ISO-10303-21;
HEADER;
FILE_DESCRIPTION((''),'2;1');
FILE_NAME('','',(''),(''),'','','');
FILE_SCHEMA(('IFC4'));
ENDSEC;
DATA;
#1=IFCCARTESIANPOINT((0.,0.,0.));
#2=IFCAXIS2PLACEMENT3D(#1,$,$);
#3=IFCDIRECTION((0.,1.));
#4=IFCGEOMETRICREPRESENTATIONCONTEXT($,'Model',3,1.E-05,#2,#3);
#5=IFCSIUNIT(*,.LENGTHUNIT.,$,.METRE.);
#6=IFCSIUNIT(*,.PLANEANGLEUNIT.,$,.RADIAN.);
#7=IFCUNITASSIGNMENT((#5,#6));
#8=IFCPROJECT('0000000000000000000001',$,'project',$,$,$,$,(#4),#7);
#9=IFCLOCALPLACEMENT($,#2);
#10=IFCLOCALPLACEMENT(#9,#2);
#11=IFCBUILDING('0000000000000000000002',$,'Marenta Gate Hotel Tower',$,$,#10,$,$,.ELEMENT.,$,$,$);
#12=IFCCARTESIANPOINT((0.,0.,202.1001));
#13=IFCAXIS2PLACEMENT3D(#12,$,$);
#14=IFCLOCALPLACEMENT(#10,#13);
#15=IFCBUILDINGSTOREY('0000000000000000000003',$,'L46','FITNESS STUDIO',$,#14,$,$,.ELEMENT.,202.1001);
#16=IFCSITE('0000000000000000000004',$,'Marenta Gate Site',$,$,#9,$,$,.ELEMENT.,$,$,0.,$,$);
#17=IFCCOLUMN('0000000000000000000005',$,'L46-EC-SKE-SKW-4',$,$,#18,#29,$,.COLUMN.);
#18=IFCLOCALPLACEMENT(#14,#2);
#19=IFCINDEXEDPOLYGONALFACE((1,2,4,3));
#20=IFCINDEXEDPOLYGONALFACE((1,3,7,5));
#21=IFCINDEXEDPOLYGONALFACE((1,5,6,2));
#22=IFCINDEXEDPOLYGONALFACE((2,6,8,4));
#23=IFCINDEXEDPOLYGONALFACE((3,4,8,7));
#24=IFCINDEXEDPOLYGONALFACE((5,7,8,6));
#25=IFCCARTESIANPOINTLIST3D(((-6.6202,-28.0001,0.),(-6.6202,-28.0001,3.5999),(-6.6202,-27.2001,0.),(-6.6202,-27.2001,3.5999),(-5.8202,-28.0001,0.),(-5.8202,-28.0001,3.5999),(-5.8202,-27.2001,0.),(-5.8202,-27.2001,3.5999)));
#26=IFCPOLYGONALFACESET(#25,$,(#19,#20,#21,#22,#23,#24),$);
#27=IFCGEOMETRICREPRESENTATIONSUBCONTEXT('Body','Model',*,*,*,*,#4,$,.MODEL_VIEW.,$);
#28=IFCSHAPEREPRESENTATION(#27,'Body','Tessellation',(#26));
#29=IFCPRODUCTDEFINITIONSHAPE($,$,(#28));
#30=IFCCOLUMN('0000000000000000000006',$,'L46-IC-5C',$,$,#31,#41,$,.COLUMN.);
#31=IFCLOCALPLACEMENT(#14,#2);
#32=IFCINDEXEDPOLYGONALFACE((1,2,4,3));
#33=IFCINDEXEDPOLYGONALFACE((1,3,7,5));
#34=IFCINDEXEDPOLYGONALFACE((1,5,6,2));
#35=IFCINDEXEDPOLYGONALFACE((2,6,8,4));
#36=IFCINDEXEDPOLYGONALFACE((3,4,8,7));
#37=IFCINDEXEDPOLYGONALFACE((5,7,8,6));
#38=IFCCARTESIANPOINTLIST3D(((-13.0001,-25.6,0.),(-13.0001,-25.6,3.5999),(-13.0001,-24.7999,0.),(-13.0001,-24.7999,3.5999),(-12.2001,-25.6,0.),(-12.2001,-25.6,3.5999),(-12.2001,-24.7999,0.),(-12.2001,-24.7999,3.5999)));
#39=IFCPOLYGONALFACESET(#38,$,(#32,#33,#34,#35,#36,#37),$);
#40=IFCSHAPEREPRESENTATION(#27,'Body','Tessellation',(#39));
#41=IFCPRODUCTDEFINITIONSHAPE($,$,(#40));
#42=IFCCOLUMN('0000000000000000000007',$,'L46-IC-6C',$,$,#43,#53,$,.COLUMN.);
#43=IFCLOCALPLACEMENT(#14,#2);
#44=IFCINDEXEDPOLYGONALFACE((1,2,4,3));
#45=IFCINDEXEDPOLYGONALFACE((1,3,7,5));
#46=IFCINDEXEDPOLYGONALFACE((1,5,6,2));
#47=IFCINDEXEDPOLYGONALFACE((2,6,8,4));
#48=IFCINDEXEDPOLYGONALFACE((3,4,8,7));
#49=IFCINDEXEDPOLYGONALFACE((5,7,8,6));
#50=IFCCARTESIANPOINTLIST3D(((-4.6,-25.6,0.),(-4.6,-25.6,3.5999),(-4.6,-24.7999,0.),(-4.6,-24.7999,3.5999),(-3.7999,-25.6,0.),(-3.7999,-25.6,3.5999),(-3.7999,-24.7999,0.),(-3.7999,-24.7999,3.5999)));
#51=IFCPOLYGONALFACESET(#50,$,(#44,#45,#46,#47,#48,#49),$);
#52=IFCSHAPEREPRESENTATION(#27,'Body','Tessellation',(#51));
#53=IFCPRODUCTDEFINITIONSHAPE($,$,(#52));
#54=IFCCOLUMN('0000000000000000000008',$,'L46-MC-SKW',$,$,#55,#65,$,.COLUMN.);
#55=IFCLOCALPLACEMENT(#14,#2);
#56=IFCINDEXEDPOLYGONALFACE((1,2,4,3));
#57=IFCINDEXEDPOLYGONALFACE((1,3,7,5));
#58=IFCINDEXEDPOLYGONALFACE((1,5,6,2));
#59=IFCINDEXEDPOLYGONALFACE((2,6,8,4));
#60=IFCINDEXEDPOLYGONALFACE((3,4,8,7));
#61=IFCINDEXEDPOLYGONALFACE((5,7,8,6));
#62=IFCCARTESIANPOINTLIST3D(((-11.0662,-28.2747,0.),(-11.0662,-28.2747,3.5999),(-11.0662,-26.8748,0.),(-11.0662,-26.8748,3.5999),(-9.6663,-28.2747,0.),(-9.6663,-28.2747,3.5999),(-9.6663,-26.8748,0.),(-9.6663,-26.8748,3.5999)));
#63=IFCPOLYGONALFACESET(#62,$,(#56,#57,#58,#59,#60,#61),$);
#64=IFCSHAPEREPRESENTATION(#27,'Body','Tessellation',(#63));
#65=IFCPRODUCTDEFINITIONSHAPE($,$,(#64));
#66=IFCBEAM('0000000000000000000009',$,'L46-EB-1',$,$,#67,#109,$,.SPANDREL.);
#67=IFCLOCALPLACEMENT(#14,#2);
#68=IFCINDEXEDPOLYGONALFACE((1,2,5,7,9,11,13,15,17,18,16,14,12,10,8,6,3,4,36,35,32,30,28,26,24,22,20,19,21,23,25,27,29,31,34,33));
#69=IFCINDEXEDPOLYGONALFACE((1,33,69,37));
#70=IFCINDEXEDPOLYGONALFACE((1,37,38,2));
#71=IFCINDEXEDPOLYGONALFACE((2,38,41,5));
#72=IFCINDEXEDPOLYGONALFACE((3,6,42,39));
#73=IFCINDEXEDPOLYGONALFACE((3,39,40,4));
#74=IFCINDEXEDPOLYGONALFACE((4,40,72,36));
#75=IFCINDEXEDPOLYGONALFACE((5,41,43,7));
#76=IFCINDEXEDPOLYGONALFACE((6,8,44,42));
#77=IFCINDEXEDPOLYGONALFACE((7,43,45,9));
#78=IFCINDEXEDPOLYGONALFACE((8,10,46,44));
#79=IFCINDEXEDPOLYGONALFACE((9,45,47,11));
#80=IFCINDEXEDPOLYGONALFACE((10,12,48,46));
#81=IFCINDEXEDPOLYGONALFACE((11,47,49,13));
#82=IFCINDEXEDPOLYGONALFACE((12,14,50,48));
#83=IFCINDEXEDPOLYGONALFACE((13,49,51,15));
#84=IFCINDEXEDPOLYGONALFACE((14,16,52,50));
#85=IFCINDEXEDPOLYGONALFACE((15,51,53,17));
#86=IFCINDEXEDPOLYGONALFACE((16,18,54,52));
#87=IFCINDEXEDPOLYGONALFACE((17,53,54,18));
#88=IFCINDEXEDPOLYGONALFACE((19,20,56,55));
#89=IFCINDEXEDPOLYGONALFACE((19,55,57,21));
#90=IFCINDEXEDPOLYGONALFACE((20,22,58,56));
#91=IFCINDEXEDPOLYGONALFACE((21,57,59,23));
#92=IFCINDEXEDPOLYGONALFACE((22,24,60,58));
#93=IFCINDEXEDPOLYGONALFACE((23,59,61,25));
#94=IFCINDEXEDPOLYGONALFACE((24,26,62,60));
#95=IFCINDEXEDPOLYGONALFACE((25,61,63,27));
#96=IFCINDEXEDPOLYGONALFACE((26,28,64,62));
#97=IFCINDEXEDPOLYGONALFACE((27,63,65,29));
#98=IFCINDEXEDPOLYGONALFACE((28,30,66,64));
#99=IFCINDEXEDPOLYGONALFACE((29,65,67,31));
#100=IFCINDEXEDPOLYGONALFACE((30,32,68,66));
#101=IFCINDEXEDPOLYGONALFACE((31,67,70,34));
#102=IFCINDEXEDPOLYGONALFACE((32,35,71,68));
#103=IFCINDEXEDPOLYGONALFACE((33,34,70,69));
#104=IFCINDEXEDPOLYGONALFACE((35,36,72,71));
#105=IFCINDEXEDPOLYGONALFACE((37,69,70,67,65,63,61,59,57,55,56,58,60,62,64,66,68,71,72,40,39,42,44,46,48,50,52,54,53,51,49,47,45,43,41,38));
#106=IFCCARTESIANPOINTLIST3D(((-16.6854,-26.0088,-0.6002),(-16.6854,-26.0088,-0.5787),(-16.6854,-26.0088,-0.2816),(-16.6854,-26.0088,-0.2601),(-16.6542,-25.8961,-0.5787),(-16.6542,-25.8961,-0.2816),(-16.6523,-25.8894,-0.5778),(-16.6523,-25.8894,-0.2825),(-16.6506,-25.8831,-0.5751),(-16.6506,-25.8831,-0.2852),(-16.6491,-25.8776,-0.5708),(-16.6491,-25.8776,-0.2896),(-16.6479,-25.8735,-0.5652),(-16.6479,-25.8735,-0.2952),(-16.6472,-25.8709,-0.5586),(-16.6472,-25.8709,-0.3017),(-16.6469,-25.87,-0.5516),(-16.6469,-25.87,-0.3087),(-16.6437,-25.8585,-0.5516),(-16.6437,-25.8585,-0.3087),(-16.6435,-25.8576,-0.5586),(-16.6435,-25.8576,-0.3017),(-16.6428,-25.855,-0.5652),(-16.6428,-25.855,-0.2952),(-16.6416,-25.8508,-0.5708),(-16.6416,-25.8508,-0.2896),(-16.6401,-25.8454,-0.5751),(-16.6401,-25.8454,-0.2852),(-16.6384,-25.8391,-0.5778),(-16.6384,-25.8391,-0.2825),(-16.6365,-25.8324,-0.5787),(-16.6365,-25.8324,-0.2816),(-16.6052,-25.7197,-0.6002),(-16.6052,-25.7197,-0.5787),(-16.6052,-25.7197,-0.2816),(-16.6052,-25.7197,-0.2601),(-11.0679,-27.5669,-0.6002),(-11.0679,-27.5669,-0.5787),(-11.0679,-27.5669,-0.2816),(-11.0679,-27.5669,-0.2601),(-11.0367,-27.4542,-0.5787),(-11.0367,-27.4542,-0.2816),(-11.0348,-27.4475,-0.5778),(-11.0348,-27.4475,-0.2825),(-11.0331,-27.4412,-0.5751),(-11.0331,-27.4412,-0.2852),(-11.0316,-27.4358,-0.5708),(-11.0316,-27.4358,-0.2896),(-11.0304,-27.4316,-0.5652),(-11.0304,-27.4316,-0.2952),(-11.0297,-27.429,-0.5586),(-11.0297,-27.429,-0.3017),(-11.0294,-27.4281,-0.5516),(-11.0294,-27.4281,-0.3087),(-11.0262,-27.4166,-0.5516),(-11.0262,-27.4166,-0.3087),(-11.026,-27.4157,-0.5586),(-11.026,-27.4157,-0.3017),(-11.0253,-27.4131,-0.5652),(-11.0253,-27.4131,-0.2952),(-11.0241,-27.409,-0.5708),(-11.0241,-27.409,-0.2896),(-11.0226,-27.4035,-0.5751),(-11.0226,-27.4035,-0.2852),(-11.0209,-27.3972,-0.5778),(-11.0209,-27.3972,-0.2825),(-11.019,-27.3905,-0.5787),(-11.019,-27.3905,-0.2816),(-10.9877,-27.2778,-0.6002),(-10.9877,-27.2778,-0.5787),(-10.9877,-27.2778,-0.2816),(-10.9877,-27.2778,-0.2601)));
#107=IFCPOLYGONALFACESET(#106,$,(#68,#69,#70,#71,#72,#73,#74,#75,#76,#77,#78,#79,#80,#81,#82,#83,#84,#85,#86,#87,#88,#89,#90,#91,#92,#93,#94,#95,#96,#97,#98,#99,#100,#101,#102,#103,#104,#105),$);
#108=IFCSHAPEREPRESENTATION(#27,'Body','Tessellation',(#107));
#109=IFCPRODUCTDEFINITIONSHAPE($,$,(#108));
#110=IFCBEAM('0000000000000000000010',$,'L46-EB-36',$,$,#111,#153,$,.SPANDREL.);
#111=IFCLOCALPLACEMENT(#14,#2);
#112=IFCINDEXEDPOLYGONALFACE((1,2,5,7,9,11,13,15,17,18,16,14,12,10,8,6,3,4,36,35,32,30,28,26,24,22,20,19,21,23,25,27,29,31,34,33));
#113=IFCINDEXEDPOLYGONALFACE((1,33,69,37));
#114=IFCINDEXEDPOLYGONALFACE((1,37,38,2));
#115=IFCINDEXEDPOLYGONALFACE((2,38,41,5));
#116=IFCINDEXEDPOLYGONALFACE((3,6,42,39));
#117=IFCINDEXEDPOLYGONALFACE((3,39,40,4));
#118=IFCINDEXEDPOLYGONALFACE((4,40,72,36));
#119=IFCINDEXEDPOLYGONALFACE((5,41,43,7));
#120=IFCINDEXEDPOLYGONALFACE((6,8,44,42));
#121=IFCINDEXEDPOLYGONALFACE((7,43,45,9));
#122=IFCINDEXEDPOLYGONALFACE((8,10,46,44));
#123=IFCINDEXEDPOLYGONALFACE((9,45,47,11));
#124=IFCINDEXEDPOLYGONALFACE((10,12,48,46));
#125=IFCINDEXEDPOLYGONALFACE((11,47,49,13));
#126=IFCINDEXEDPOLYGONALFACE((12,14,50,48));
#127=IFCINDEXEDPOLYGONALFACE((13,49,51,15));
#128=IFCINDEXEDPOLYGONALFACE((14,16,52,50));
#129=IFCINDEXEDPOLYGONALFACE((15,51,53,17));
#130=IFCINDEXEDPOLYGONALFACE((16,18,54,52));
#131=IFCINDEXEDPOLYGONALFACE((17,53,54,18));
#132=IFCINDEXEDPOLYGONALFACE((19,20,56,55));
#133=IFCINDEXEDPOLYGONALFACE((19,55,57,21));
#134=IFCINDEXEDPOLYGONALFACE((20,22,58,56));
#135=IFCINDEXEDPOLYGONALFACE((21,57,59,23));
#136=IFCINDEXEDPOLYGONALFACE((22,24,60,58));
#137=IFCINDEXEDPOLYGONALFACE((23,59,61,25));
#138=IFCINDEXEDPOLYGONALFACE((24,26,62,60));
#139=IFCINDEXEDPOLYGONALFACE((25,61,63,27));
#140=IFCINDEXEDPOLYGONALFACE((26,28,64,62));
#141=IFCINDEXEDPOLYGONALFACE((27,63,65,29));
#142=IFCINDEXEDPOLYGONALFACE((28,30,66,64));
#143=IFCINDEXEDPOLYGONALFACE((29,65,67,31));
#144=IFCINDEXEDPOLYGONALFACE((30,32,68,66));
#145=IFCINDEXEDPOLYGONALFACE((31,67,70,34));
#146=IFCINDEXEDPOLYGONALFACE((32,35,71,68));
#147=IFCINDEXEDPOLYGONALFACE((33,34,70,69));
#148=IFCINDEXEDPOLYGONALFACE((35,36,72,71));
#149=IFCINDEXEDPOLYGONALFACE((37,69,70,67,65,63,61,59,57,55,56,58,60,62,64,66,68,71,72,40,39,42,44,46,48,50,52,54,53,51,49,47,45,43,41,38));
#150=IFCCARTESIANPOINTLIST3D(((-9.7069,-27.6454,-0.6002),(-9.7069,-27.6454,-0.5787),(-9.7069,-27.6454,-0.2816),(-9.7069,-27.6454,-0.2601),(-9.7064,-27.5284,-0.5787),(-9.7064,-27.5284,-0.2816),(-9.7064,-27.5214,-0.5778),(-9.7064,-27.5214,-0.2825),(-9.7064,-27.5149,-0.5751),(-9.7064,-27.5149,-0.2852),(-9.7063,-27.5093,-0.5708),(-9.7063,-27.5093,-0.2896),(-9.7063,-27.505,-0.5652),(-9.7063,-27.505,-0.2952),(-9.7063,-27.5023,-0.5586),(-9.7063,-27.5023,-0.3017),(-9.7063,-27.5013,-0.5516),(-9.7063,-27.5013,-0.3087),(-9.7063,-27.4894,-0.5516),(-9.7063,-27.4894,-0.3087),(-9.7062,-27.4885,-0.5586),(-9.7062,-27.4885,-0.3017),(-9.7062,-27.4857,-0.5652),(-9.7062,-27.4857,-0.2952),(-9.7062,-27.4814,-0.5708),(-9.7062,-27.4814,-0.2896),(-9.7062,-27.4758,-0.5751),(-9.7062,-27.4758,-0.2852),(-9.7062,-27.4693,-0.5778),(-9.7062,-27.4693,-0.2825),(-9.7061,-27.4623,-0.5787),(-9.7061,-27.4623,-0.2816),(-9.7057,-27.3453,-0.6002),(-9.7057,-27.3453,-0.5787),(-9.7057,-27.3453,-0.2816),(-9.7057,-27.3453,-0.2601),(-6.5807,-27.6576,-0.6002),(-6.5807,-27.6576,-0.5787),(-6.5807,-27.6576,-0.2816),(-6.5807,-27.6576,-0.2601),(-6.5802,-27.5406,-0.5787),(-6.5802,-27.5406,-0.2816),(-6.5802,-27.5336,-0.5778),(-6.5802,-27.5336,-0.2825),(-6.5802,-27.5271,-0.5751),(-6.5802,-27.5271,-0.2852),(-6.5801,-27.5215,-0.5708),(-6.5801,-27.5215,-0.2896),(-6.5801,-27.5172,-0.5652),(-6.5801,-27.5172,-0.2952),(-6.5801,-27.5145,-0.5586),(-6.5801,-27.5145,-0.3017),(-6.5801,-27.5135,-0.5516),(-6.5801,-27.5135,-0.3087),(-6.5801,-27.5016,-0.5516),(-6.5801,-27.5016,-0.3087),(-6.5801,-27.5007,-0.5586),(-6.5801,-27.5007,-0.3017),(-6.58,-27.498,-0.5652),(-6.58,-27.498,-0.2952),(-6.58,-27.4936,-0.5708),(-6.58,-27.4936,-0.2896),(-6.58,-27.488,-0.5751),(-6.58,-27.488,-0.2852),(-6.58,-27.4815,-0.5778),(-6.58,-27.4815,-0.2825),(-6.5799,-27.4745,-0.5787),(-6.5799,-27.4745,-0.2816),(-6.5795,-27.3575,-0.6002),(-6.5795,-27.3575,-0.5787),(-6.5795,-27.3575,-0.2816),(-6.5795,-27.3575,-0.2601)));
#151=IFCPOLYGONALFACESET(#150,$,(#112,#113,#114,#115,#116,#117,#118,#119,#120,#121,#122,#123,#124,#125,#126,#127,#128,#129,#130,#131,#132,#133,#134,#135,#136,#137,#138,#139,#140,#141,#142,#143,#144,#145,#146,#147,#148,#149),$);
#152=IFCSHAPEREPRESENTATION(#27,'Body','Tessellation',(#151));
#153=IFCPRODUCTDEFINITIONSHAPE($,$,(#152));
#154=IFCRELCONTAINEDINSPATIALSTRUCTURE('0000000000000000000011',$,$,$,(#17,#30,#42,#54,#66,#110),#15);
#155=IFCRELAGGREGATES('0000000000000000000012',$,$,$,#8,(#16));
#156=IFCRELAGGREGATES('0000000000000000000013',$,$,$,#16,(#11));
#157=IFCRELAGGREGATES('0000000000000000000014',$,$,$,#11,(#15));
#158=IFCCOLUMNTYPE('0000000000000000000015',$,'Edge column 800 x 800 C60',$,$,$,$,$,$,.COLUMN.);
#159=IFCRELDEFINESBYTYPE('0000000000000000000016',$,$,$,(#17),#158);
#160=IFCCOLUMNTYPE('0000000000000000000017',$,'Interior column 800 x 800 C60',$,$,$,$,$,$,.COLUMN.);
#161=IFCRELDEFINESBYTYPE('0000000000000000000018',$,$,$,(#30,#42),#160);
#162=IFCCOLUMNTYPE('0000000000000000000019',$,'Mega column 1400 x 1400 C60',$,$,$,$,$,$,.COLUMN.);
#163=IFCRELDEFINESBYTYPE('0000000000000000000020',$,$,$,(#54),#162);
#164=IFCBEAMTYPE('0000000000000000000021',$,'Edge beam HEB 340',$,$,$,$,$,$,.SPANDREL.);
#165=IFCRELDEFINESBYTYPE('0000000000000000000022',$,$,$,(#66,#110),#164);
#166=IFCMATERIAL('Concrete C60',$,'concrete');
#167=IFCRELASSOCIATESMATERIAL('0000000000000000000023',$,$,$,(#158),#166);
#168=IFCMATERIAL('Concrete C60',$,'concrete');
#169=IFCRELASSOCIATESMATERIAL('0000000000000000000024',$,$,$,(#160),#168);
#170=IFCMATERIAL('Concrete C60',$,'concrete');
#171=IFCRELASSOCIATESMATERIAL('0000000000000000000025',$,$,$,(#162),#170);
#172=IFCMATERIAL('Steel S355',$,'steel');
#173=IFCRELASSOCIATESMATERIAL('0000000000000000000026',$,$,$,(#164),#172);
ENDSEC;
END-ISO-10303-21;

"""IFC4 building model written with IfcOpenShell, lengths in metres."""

from ifc_helpers import new_model, si_unit, direction, frame, origin, origin_2d, place, context, subcontext, project, spatial, rectangle, i_section, extrude, material, material_profile, profile_set, type_object, element, save


model = new_model("IFC4")

# Units and contexts
model_context = context("Model", 3, precision=1e-05, world=origin(), true_north=direction((0.0, 1.0)))
body_context = subcontext(model_context, "Body", "Model", "MODEL_VIEW")
ifc_project = project(units=[si_unit("LENGTHUNIT", "METRE"), si_unit("PLANEANGLEUNIT", "RADIAN")], contexts=[model_context])

# Site, building, storey
site_placement = place(None, origin())
site = spatial("IfcSite", under=ifc_project, at=site_placement, Name="Marenta Gate Site", CompositionType="ELEMENT", RefElevation=0.0)
building_placement = place(site_placement, origin())
building = spatial("IfcBuilding", under=site, at=building_placement, Name="Marenta Gate Hotel Tower", CompositionType="ELEMENT")
storey_placement = place(building_placement, frame((0.0, 0.0, 202.1001)))
storey = spatial("IfcBuildingStorey", under=building, at=storey_placement, Name="L46", Description="FITNESS STUDIO", CompositionType="ELEMENT", Elevation=202.1001)

# Columns
ifc_material_1 = material(Name="Concrete C60", Category="concrete")
ifc_material_profile_1 = material_profile(ifc_material_1, rectangle(XDim=0.8, YDim=0.8, at=origin_2d()), Name="800 x 800")
ifc_profile_set_1 = profile_set([ifc_material_profile_1], Name="Concrete C60")
column_type_1 = type_object("IfcColumnType", Name="Edge column 800 x 800 C60", PredefinedType="COLUMN", material=ifc_profile_set_1)
column_1_placement = place(storey_placement, frame((-6.2202, -27.6001, 0.0), z_axis=(0.0, 0.0, 1.0), x_axis=(1.0, 0.0, 0.0)))
element("IfcColumn", 1, at=column_1_placement, inside=storey, type_object=column_type_1, Name="L46-EC-SKE-SKW-4", PredefinedType="COLUMN", context=body_context, shape_type="SweptSolid", body=[
    extrude(rectangle(XDim=0.8, YDim=0.8, at=origin_2d()), origin(), (0.0, 0.0, 1.0), 3.5999),
])
ifc_material_2 = material(Name="Concrete C60", Category="concrete")
ifc_material_profile_2 = material_profile(ifc_material_2, rectangle(XDim=0.8, YDim=0.8, at=origin_2d()), Name="800 x 800")
ifc_profile_set_2 = profile_set([ifc_material_profile_2], Name="Concrete C60")
column_type_2 = type_object("IfcColumnType", Name="Interior column 800 x 800 C60", PredefinedType="COLUMN", material=ifc_profile_set_2)
for number, where, z_axis, x_axis, name in (
    (2, (-12.6001, -25.2, 0.0), (0.0, 0.0, 1.0), (1.0, 0.0, 0.0), "L46-IC-5C"),
    (3, (-4.2, -25.2, 0.0), (0.0, 0.0, 1.0), (1.0, 0.0, 0.0), "L46-IC-6C"),
):
    element("IfcColumn", number, at=place(storey_placement, frame(where, z_axis=z_axis, x_axis=x_axis)), inside=storey, type_object=column_type_2, Name=name, PredefinedType="COLUMN", context=body_context, shape_type="SweptSolid", body=[
        extrude(rectangle(XDim=0.8, YDim=0.8, at=origin_2d()), origin(), (0.0, 0.0, 1.0), 3.5999),
    ])
ifc_material_3 = material(Name="Concrete C60", Category="concrete")
ifc_material_profile_3 = material_profile(ifc_material_3, rectangle(XDim=1.3999, YDim=1.3999, at=origin_2d()), Name="1400 x 1400")
ifc_profile_set_3 = profile_set([ifc_material_profile_3], Name="Concrete C60")
column_type_3 = type_object("IfcColumnType", Name="Mega column 1400 x 1400 C60", PredefinedType="COLUMN", material=ifc_profile_set_3)
column_2_placement = place(storey_placement, frame((-10.3662, -27.5747, 0.0), z_axis=(0.0, 0.0, 1.0), x_axis=(1.0, 0.0, 0.0)))
element("IfcColumn", 4, at=column_2_placement, inside=storey, type_object=column_type_3, Name="L46-MC-SKW", PredefinedType="COLUMN", context=body_context, shape_type="SweptSolid", body=[
    extrude(rectangle(XDim=1.3999, YDim=1.3999, at=origin_2d()), origin(), (0.0, 0.0, 1.0), 3.5999),
])

# Beams
ifc_material_4 = material(Name="Steel S355", Category="steel")
ifc_material_profile_4 = material_profile(ifc_material_4, i_section(OverallWidth=0.3, OverallDepth=0.3401, WebThickness=0.012, FlangeThickness=0.0215, FilletRadius=0.0271, at=origin_2d()), Name="HEB 340")
ifc_profile_set_4 = profile_set([ifc_material_profile_4], Name="Steel S355")
beam_type_1 = type_object("IfcBeamType", Name="Edge beam HEB 340", PredefinedType="SPANDREL", material=ifc_profile_set_4)
beam_1_placement = place(storey_placement, frame((-11.0278, -27.4224, -0.4302), z_axis=(-0.963619, 0.267279, 0.0), x_axis=(-0.267279, -0.963619, 0.0)))
element("IfcBeam", 5, at=beam_1_placement, inside=storey, type_object=beam_type_1, Name="L46-EB-1", PredefinedType="SPANDREL", context=body_context, shape_type="SweptSolid", body=[
    extrude(i_section(OverallWidth=0.3, OverallDepth=0.3401, WebThickness=0.012, FlangeThickness=0.0215, FilletRadius=0.0271, at=origin_2d()), origin(), (0.0, 0.0, 1.0), 5.8296),
])
beam_2_placement = place(storey_placement, frame((-6.5801, -27.5076, -0.4302), z_axis=(-0.999992, 0.003905, 0.0), x_axis=(-0.003905, -0.999992, 0.0)))
element("IfcBeam", 6, at=beam_2_placement, inside=storey, type_object=beam_type_1, Name="L46-EB-36", PredefinedType="SPANDREL", context=body_context, shape_type="SweptSolid", body=[
    extrude(i_section(OverallWidth=0.3, OverallDepth=0.3401, WebThickness=0.012, FlangeThickness=0.0215, FilletRadius=0.0271, at=origin_2d()), origin(), (0.0, 0.0, 1.0), 3.1262),
])

save(model, "model.ifc")
